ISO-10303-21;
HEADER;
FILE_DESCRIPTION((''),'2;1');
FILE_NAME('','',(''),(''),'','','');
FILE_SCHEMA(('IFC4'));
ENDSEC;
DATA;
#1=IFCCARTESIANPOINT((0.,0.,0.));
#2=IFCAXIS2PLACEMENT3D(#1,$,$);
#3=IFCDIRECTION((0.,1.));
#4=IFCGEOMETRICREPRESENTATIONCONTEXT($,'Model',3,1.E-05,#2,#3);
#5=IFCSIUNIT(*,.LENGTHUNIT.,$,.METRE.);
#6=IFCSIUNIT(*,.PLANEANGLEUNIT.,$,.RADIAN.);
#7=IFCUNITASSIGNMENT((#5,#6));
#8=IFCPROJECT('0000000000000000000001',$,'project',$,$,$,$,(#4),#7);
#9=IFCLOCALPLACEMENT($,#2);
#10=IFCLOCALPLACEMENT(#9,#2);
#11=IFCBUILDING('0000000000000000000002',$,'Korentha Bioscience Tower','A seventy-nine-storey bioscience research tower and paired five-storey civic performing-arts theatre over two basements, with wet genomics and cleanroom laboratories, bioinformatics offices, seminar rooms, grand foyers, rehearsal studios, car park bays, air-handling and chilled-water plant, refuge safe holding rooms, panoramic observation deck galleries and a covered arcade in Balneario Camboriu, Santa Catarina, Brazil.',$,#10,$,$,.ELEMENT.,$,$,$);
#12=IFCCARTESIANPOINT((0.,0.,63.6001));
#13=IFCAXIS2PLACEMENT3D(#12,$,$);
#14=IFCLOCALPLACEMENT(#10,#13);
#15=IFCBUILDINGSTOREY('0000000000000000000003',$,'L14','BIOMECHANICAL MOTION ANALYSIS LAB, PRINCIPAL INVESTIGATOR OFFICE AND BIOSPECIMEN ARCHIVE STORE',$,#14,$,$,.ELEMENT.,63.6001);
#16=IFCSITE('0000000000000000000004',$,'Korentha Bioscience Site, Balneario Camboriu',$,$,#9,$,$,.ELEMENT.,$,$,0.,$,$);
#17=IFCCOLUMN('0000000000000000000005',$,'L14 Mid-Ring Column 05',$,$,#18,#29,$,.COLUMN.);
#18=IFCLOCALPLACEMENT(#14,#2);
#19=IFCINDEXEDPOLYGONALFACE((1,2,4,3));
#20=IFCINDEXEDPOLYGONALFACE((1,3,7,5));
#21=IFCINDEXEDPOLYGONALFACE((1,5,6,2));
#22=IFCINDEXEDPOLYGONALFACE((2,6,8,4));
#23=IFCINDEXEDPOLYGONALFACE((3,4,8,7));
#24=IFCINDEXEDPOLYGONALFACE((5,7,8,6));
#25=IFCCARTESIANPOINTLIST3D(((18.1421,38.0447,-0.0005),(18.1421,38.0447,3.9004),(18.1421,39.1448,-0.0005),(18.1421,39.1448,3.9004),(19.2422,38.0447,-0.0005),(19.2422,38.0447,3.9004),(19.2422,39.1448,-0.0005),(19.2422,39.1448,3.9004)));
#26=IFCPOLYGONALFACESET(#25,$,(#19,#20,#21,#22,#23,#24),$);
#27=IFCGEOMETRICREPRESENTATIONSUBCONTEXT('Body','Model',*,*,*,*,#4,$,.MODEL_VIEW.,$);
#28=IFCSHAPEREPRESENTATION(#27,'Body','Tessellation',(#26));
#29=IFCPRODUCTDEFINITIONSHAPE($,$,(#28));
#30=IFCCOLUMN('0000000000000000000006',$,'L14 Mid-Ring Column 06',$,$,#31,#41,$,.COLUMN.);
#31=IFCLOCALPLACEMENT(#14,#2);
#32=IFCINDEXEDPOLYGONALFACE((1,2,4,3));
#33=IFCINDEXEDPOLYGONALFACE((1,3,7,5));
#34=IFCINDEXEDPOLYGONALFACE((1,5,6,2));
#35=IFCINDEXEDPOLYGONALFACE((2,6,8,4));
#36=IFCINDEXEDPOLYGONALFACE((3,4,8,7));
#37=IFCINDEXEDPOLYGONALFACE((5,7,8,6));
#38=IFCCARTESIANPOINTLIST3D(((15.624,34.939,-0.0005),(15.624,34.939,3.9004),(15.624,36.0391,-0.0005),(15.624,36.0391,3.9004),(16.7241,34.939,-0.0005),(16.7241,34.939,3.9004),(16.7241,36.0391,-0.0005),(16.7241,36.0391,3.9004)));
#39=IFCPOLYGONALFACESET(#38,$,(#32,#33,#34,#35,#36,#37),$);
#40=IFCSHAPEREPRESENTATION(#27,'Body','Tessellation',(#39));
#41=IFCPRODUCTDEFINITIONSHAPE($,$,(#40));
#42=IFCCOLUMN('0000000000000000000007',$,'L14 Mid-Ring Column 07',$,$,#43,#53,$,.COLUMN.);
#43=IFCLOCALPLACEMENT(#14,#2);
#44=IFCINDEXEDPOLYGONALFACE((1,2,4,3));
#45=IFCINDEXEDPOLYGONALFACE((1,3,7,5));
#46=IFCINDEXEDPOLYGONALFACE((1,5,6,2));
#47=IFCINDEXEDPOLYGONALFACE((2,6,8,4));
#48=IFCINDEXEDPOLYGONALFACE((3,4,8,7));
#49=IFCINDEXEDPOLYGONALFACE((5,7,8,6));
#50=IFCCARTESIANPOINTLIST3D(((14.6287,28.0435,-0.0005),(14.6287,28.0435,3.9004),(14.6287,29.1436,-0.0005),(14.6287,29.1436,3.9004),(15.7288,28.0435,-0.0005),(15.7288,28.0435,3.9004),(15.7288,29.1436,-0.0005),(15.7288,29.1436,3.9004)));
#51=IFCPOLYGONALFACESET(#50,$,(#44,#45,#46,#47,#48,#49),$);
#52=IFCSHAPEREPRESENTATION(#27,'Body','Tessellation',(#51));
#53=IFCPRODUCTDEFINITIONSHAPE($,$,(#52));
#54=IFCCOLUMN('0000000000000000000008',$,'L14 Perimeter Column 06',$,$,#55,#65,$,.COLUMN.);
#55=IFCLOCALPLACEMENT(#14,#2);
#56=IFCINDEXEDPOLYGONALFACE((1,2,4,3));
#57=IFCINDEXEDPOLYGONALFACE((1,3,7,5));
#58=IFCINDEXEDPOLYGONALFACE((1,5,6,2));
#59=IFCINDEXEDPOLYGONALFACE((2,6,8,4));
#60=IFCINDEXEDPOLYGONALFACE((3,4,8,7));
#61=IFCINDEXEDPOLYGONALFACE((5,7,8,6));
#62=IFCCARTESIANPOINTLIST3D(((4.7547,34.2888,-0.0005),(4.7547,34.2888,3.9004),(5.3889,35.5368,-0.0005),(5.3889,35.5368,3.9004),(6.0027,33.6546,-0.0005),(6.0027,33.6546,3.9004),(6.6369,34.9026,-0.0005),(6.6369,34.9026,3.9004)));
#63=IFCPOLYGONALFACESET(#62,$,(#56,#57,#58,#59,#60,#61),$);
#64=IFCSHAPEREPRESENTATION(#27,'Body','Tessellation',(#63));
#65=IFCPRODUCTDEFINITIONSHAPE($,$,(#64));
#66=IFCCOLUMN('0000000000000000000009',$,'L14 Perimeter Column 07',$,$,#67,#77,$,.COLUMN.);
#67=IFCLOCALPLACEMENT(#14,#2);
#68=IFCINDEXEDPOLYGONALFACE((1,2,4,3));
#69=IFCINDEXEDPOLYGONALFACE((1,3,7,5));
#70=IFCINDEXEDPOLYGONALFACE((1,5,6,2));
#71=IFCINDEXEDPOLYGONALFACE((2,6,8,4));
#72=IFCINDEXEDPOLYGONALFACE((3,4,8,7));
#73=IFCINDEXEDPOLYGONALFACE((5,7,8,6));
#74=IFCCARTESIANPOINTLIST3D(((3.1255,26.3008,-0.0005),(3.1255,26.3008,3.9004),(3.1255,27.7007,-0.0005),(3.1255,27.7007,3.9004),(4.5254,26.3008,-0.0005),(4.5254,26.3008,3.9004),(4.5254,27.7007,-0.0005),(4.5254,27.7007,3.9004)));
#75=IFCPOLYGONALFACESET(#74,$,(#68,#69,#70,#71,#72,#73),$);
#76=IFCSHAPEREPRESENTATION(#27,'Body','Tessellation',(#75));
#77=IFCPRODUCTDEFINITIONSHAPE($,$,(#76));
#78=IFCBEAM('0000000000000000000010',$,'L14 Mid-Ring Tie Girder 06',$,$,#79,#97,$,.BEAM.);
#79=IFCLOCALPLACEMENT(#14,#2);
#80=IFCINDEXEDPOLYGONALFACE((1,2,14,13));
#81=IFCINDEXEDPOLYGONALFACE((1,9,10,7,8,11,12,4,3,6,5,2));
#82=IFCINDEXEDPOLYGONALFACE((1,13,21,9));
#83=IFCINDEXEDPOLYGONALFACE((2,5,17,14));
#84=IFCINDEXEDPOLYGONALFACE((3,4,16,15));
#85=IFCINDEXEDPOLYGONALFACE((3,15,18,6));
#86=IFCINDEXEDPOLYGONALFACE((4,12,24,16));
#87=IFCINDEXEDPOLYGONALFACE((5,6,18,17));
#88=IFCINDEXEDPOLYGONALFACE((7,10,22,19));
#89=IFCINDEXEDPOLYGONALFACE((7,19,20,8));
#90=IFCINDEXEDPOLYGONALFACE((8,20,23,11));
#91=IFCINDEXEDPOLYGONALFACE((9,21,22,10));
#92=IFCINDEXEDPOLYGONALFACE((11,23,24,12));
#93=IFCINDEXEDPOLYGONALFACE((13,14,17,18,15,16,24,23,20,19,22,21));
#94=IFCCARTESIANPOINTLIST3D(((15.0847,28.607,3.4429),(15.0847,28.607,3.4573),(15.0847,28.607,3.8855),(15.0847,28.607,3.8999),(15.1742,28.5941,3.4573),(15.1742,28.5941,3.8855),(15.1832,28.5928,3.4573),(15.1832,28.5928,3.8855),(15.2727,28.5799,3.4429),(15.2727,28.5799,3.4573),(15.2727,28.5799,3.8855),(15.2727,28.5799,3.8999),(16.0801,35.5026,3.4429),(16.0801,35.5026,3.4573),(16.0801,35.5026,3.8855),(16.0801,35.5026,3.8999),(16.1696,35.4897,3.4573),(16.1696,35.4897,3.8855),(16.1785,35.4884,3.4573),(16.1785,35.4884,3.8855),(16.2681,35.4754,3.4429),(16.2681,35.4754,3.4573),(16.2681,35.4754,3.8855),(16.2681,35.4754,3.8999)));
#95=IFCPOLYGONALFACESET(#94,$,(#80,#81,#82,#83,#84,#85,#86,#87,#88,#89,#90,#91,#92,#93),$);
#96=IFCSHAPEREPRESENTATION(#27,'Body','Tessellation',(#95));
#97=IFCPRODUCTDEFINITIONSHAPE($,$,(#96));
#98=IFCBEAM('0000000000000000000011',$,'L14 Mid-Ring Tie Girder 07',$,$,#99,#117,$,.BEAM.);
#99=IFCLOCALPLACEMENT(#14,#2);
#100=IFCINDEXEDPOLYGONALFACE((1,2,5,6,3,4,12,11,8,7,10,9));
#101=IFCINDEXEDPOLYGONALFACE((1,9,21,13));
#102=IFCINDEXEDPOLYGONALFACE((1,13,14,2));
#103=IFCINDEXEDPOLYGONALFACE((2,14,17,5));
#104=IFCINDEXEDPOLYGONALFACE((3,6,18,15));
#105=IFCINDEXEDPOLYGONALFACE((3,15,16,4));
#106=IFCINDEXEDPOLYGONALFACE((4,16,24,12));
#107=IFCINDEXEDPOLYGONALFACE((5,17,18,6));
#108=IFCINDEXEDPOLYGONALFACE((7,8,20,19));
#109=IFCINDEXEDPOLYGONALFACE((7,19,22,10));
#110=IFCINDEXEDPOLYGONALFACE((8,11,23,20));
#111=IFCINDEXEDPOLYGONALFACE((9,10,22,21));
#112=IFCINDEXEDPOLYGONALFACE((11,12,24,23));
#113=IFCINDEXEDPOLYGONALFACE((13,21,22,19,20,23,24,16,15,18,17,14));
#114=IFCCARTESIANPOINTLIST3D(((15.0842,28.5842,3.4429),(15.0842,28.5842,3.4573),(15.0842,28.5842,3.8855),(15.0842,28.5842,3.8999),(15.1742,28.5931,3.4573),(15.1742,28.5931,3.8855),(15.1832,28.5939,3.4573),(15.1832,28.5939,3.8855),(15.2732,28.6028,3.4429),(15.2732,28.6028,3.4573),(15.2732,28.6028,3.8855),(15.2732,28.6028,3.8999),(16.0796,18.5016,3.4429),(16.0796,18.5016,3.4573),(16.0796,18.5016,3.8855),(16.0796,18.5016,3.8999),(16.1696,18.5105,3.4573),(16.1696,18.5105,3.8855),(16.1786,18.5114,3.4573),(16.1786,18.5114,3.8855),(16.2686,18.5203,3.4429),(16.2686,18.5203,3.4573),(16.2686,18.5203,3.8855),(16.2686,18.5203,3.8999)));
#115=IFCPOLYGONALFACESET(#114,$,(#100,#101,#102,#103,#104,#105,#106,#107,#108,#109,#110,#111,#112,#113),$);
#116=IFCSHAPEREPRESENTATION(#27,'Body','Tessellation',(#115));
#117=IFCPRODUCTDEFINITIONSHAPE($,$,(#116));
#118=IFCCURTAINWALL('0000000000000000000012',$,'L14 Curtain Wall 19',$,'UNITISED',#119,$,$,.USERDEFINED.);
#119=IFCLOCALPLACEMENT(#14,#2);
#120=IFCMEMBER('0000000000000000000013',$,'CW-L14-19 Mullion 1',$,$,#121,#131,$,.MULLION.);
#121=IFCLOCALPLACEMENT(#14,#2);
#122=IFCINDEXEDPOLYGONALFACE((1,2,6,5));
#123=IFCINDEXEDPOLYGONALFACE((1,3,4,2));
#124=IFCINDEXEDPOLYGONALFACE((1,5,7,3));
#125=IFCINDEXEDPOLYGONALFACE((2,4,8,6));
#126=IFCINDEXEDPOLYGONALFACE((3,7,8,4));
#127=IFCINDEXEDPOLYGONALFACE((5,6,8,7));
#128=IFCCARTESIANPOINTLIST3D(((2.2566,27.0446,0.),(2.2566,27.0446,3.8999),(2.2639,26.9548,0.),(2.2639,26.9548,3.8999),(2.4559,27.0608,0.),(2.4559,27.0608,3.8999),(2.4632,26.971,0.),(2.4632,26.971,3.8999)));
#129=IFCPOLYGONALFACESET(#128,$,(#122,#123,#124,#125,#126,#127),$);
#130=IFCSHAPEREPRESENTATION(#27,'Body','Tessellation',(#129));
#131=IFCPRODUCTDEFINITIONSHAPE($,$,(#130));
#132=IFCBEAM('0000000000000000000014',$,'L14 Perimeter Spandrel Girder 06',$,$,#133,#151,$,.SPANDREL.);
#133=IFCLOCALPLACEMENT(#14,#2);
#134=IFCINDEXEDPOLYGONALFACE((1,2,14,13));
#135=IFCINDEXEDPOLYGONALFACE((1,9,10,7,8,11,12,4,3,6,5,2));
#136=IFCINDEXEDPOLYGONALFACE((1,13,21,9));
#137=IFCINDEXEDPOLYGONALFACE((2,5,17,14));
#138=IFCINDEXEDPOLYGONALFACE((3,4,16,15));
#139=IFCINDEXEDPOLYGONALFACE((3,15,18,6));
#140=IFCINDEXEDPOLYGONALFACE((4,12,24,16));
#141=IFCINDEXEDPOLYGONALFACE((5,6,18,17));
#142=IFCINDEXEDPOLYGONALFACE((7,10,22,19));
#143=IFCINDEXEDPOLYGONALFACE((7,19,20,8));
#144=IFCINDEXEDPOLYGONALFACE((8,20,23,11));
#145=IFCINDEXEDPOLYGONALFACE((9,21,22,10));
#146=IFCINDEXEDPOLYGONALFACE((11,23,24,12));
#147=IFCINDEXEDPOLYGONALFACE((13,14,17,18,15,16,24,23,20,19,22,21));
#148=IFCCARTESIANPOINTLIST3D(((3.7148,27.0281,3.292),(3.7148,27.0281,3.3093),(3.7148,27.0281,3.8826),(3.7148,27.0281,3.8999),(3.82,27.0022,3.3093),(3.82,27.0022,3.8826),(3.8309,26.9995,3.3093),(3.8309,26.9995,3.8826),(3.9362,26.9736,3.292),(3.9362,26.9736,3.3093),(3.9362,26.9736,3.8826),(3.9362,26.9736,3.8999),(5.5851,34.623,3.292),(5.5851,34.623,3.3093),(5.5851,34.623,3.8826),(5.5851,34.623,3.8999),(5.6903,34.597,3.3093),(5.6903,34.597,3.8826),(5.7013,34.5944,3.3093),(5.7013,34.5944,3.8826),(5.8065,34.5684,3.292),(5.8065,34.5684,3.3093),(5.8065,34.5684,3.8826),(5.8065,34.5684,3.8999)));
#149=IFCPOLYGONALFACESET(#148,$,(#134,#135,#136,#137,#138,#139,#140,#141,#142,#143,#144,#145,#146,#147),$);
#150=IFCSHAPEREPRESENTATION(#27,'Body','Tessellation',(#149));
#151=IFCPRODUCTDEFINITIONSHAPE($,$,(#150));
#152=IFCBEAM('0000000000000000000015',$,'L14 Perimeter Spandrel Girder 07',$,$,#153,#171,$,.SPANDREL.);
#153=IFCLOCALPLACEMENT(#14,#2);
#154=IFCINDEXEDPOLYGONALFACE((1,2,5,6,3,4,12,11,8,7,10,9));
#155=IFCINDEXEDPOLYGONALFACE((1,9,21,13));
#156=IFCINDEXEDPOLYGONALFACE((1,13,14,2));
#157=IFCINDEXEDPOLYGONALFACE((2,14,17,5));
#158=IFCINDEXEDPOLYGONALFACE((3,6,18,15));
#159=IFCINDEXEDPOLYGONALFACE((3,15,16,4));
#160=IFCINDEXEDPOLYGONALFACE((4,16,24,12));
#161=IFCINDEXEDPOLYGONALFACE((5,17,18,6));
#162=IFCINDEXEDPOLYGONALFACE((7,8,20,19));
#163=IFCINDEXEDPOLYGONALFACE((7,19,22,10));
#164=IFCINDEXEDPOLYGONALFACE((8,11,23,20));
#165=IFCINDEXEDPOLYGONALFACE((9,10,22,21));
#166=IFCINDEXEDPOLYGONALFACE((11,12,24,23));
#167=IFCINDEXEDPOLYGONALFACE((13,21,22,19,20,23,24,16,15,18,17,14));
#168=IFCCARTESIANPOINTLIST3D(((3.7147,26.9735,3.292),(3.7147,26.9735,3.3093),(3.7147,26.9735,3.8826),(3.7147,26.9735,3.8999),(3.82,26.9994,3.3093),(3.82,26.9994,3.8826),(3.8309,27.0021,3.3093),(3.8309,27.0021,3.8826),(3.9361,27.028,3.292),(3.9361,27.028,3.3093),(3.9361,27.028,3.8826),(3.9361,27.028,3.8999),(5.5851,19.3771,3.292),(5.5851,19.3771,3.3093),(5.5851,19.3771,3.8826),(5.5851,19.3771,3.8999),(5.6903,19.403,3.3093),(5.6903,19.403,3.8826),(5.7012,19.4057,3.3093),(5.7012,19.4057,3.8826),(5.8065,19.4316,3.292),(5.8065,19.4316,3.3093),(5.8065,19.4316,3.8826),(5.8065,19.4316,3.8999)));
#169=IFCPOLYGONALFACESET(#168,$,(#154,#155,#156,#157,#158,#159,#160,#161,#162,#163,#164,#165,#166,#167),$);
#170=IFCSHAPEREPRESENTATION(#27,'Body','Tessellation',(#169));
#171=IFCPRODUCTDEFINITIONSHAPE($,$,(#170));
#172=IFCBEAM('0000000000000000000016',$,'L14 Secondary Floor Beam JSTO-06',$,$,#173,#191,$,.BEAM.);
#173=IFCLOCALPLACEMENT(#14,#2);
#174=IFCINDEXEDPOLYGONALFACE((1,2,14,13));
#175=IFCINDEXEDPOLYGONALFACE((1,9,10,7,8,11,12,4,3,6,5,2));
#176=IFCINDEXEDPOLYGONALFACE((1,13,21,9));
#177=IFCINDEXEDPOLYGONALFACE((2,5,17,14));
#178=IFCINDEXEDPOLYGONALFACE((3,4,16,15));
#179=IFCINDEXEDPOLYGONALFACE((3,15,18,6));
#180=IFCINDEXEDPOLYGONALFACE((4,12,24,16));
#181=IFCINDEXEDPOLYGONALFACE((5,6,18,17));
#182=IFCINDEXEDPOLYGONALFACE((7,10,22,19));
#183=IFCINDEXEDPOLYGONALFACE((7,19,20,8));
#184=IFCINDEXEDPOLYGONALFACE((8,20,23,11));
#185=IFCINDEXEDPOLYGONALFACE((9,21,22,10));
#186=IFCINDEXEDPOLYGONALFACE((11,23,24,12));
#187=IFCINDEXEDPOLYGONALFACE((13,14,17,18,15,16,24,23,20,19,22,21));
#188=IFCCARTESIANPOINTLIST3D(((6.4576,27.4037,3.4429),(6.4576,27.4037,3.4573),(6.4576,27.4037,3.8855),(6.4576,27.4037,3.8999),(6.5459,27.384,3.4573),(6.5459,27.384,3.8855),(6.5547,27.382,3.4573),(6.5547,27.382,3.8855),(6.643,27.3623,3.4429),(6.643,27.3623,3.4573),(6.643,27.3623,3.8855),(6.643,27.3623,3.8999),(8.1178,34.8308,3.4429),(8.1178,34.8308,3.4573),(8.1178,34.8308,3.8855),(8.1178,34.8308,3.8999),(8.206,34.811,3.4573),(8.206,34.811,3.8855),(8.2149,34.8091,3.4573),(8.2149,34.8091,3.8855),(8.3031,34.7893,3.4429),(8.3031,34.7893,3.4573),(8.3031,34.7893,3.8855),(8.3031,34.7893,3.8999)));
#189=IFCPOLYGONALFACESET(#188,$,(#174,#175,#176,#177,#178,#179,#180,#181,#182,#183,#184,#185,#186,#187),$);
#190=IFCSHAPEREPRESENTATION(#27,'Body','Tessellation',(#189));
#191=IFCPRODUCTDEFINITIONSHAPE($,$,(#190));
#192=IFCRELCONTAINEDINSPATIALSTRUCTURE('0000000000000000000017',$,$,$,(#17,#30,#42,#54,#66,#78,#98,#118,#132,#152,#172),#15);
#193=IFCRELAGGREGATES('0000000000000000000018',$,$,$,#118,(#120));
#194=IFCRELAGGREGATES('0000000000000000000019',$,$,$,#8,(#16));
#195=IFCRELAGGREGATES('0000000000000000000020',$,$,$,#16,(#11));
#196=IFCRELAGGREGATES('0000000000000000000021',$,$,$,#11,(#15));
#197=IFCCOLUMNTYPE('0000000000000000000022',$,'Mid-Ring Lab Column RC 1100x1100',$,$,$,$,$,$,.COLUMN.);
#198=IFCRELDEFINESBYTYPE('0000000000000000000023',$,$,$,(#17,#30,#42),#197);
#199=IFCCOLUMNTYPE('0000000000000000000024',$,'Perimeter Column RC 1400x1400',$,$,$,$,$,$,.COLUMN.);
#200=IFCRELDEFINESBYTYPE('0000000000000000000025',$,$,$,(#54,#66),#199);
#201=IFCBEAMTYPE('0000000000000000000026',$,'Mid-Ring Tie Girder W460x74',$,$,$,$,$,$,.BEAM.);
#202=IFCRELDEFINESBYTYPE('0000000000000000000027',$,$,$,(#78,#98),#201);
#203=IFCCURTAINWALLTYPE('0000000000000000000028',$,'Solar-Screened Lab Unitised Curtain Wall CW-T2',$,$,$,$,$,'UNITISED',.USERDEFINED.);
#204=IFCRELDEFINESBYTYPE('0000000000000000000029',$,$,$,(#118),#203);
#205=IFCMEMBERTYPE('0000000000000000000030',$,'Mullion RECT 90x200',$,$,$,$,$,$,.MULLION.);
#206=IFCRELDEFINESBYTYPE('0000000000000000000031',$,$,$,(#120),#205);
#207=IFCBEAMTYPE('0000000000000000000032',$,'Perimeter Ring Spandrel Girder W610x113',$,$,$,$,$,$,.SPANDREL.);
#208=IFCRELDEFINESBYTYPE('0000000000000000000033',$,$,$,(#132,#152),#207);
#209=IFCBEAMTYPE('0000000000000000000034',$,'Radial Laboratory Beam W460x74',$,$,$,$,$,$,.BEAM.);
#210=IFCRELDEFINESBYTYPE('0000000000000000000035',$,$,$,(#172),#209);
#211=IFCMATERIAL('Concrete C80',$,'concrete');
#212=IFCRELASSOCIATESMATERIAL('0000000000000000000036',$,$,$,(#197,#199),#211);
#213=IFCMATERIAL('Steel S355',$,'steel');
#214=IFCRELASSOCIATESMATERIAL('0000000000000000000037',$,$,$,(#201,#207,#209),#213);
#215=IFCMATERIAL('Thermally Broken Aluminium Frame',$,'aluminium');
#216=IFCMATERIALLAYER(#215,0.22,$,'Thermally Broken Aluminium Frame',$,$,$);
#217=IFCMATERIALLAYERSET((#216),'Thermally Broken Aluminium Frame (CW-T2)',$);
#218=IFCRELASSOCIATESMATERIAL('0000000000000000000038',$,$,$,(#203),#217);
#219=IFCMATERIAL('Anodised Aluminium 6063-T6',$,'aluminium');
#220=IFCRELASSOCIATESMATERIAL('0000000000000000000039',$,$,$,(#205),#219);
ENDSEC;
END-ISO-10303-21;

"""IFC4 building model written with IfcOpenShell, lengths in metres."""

from ifc_helpers import new_model, si_unit, direction, frame, origin, origin_2d, place, context, subcontext, project, spatial, rectangle, i_section, extrude, material, layer, layer_set, material_profile, profile_set, type_object, element, aggregate, save


model = new_model("IFC4")

# Units and contexts
model_context = context("Model", 3, precision=1e-05, world=origin(), true_north=direction((0.0, 1.0)))
body_context = subcontext(model_context, "Body", "Model", "MODEL_VIEW")
ifc_project = project(units=[si_unit("LENGTHUNIT", "METRE"), si_unit("PLANEANGLEUNIT", "RADIAN")], contexts=[model_context])

# Site, building, storey
site_placement = place(None, origin())
site = spatial("IfcSite", under=ifc_project, at=site_placement, Name="Korentha Bioscience Site, Balneario Camboriu", CompositionType="ELEMENT", RefElevation=0.0)
building_placement = place(site_placement, origin())
building = spatial("IfcBuilding", under=site, at=building_placement, Name="Korentha Bioscience Tower", Description="A seventy-nine-storey bioscience research tower and paired five-storey civic performing-arts theatre over two basements, with wet genomics and cleanroom laboratories, bioinformatics offices, seminar rooms, grand foyers, rehearsal studios, car park bays, air-handling and chilled-water plant, refuge safe holding rooms, panoramic observation deck galleries and a covered arcade in Balneario Camboriu, Santa Catarina, Brazil.", CompositionType="ELEMENT")
storey_placement = place(building_placement, frame((0.0, 0.0, 63.6001)))
storey = spatial("IfcBuildingStorey", under=building, at=storey_placement, Name="L14", Description="BIOMECHANICAL MOTION ANALYSIS LAB, PRINCIPAL INVESTIGATOR OFFICE AND BIOSPECIMEN ARCHIVE STORE", CompositionType="ELEMENT", Elevation=63.6001)

# Columns
ifc_material_1 = material(Name="Concrete C80", Category="concrete")
ifc_material_profile_1 = material_profile(ifc_material_1, rectangle(XDim=1.1001, YDim=1.1001, at=origin_2d()), Name="Concrete C80")
ifc_profile_set_1 = profile_set([ifc_material_profile_1], Name="Concrete C80 (COL-MR11)")
column_type_1 = type_object("IfcColumnType", Name="Mid-Ring Lab Column RC 1100x1100", PredefinedType="COLUMN", material=ifc_profile_set_1)
for number, where, z_axis, x_axis, name in (
    (1, (18.6921, 38.5947, -0.0005), (0.0, 0.0, 1.0), (1.0, 0.0, 0.0), "L14 Mid-Ring Column 05"),
    (2, (16.1741, 35.489, -0.0005), (0.0, 0.0, 1.0), (1.0, 0.0, 0.0), "L14 Mid-Ring Column 06"),
    (3, (15.1787, 28.5935, -0.0005), (0.0, 0.0, 1.0), (1.0, 0.0, 0.0), "L14 Mid-Ring Column 07"),
):
    element("IfcColumn", number, at=place(storey_placement, frame(where, z_axis=z_axis, x_axis=x_axis)), inside=storey, type_object=column_type_1, Name=name, PredefinedType="COLUMN", context=body_context, shape_type="SweptSolid", body=[
        extrude(rectangle(XDim=1.1001, YDim=1.1001, at=origin_2d()), origin(), (0.0, 0.0, 1.0), 3.9009),
    ])
ifc_material_profile_2 = material_profile(ifc_material_1, rectangle(XDim=1.3999, YDim=1.3999, at=origin_2d()), Name="Concrete C80")
ifc_profile_set_2 = profile_set([ifc_material_profile_2], Name="Concrete C80 (COL-P14)")
column_type_2 = type_object("IfcColumnType", Name="Perimeter Column RC 1400x1400", PredefinedType="COLUMN", material=ifc_profile_set_2)
for number, where, z_axis, x_axis, name in (
    (4, (5.6958, 34.5957, -0.0005), (0.0, 0.0, 1.0), (0.453057, 0.891481, 0.0), "L14 Perimeter Column 06"),
    (5, (3.8254, 27.0007, -0.0005), (0.0, 0.0, 1.0), (0.0, 1.0, 0.0), "L14 Perimeter Column 07"),
):
    element("IfcColumn", number, at=place(storey_placement, frame(where, z_axis=z_axis, x_axis=x_axis)), inside=storey, type_object=column_type_2, Name=name, PredefinedType="COLUMN", context=body_context, shape_type="SweptSolid", body=[
        extrude(rectangle(XDim=1.3999, YDim=1.3999, at=origin_2d()), origin(), (0.0, 0.0, 1.0), 3.9009),
    ])

# Beams
ifc_material_2 = material(Name="Steel S355", Category="steel")
ifc_material_profile_3 = material_profile(ifc_material_2, i_section(OverallWidth=0.1899, OverallDepth=0.457, WebThickness=0.009, FlangeThickness=0.0144, at=origin_2d()), Name="Steel S355")
ifc_profile_set_3 = profile_set([ifc_material_profile_3], Name="Steel S355 (MB-460)")
beam_type_1 = type_object("IfcBeamType", Name="Mid-Ring Tie Girder W460x74", PredefinedType="BEAM", material=ifc_profile_set_3)
beam_1_placement = place(storey_placement, frame((16.1741, 35.489, 3.6714), z_axis=(-0.142868, -0.989742, 0.0), x_axis=(0.989742, -0.142868, 0.0)))
element("IfcBeam", 6, at=beam_1_placement, inside=storey, type_object=beam_type_1, Name="L14 Mid-Ring Tie Girder 06", PredefinedType="BEAM", context=body_context, shape_type="SweptSolid", body=[
    extrude(i_section(OverallWidth=0.1899, OverallDepth=0.457, WebThickness=0.009, FlangeThickness=0.0144, at=origin_2d()), origin(), (0.0, 0.0, 1.0), 6.967),
])
beam_2_placement = place(storey_placement, frame((15.1787, 28.5935, 3.6714), z_axis=(0.098244, -0.995162, 0.0), x_axis=(0.995162, 0.098244, 0.0)))
element("IfcBeam", 7, at=beam_2_placement, inside=storey, type_object=beam_type_1, Name="L14 Mid-Ring Tie Girder 07", PredefinedType="BEAM", context=body_context, shape_type="SweptSolid", body=[
    extrude(i_section(OverallWidth=0.1899, OverallDepth=0.457, WebThickness=0.009, FlangeThickness=0.0144, at=origin_2d()), origin(), (0.0, 0.0, 1.0), 10.1316),
])

# Curtain wall, member
ifc_material_3 = material(Name="Thermally Broken Aluminium Frame", Category="aluminium")
ifc_layer_1 = layer(ifc_material_3, 0.22, Name="Thermally Broken Aluminium Frame")
ifc_layer_set_1 = layer_set([ifc_layer_1], Name="Thermally Broken Aluminium Frame (CW-T2)")
curtain_wall_type = type_object("IfcCurtainWallType", Name="Solar-Screened Lab Unitised Curtain Wall CW-T2", ElementType="UNITISED", PredefinedType="USERDEFINED", material=ifc_layer_set_1)
curtain_wall_placement = place(storey_placement, origin())
curtain_wall = element("IfcCurtainWall", 8, at=curtain_wall_placement, inside=storey, type_object=curtain_wall_type, Name="L14 Curtain Wall 19", ObjectType="UNITISED", PredefinedType="USERDEFINED")
ifc_material_4 = material(Name="Anodised Aluminium 6063-T6", Category="aluminium")
ifc_material_profile_4 = material_profile(ifc_material_4, rectangle(XDim=0.0901, YDim=0.2, at=origin_2d()), Name="Anodised Aluminium 6063-T6")
ifc_profile_set_4 = profile_set([ifc_material_profile_4], Name="Anodised Aluminium 6063-T6 (CW-MUL)")
member_type_1 = type_object("IfcMemberType", Name="Mullion RECT 90x200", PredefinedType="MULLION", material=ifc_profile_set_4)
member_1_placement = place(storey_placement, frame((2.3599, 27.0078, 0.0), z_axis=(0.0, 0.0, 1.0), x_axis=(0.08082, -0.996729, 0.0)))
member_1 = element("IfcMember", 9, at=member_1_placement, type_object=member_type_1, Name="CW-L14-19 Mullion 1", PredefinedType="MULLION", context=body_context, shape_type="SweptSolid", body=[
    extrude(rectangle(XDim=0.0901, YDim=0.2, at=origin_2d()), origin(), (0.0, 0.0, 1.0), 3.8999),
])

# Beams
ifc_material_profile_5 = material_profile(ifc_material_2, i_section(OverallWidth=0.228, OverallDepth=0.6079, WebThickness=0.0112, FlangeThickness=0.0173, at=origin_2d()), Name="Steel S355")
ifc_profile_set_5 = profile_set([ifc_material_profile_5], Name="Steel S355 (SB-610)")
beam_type_2 = type_object("IfcBeamType", Name="Perimeter Ring Spandrel Girder W610x113", PredefinedType="SPANDREL", material=ifc_profile_set_5)
beam_3_placement = place(storey_placement, frame((5.6958, 34.5957, 3.5959), z_axis=(-0.239119, -0.97099, 0.0), x_axis=(0.97099, -0.239119, 0.0)))
element("IfcBeam", 10, at=beam_3_placement, inside=storey, type_object=beam_type_2, Name="L14 Perimeter Spandrel Girder 06", PredefinedType="SPANDREL", context=body_context, shape_type="SweptSolid", body=[
    extrude(i_section(OverallWidth=0.228, OverallDepth=0.6079, WebThickness=0.0112, FlangeThickness=0.0173, at=origin_2d()), origin(), (0.0, 0.0, 1.0), 7.8218),
])
beam_4_placement = place(storey_placement, frame((3.8254, 27.0007, 3.5959), z_axis=(0.239076, -0.971001, 0.0), x_axis=(0.971001, 0.239076, 0.0)))
element("IfcBeam", 11, at=beam_4_placement, inside=storey, type_object=beam_type_2, Name="L14 Perimeter Spandrel Girder 07", PredefinedType="SPANDREL", context=body_context, shape_type="SweptSolid", body=[
    extrude(i_section(OverallWidth=0.228, OverallDepth=0.6079, WebThickness=0.0112, FlangeThickness=0.0173, at=origin_2d()), origin(), (0.0, 0.0, 1.0), 7.8232),
])
ifc_material_profile_6 = material_profile(ifc_material_2, i_section(OverallWidth=0.1899, OverallDepth=0.457, WebThickness=0.009, FlangeThickness=0.0144, at=origin_2d()), Name="Steel S355")
ifc_profile_set_6 = profile_set([ifc_material_profile_6], Name="Steel S355 (RB-460)")
beam_type_3 = type_object("IfcBeamType", Name="Radial Laboratory Beam W460x74", PredefinedType="BEAM", material=ifc_profile_set_6)
beam_5_placement = place(storey_placement, frame((8.2104, 34.8101, 3.6714), z_axis=(-0.218146, -0.975916, 0.0), x_axis=(0.975916, -0.218146, 0.0)))
element("IfcBeam", 12, at=beam_5_placement, inside=storey, type_object=beam_type_3, Name="L14 Secondary Floor Beam JSTO-06", PredefinedType="BEAM", context=body_context, shape_type="SweptSolid", body=[
    extrude(i_section(OverallWidth=0.1899, OverallDepth=0.457, WebThickness=0.009, FlangeThickness=0.0144, at=origin_2d()), origin(), (0.0, 0.0, 1.0), 7.6104),
])

aggregate(curtain_wall, [member_1])

save(model, "model.ifc")
